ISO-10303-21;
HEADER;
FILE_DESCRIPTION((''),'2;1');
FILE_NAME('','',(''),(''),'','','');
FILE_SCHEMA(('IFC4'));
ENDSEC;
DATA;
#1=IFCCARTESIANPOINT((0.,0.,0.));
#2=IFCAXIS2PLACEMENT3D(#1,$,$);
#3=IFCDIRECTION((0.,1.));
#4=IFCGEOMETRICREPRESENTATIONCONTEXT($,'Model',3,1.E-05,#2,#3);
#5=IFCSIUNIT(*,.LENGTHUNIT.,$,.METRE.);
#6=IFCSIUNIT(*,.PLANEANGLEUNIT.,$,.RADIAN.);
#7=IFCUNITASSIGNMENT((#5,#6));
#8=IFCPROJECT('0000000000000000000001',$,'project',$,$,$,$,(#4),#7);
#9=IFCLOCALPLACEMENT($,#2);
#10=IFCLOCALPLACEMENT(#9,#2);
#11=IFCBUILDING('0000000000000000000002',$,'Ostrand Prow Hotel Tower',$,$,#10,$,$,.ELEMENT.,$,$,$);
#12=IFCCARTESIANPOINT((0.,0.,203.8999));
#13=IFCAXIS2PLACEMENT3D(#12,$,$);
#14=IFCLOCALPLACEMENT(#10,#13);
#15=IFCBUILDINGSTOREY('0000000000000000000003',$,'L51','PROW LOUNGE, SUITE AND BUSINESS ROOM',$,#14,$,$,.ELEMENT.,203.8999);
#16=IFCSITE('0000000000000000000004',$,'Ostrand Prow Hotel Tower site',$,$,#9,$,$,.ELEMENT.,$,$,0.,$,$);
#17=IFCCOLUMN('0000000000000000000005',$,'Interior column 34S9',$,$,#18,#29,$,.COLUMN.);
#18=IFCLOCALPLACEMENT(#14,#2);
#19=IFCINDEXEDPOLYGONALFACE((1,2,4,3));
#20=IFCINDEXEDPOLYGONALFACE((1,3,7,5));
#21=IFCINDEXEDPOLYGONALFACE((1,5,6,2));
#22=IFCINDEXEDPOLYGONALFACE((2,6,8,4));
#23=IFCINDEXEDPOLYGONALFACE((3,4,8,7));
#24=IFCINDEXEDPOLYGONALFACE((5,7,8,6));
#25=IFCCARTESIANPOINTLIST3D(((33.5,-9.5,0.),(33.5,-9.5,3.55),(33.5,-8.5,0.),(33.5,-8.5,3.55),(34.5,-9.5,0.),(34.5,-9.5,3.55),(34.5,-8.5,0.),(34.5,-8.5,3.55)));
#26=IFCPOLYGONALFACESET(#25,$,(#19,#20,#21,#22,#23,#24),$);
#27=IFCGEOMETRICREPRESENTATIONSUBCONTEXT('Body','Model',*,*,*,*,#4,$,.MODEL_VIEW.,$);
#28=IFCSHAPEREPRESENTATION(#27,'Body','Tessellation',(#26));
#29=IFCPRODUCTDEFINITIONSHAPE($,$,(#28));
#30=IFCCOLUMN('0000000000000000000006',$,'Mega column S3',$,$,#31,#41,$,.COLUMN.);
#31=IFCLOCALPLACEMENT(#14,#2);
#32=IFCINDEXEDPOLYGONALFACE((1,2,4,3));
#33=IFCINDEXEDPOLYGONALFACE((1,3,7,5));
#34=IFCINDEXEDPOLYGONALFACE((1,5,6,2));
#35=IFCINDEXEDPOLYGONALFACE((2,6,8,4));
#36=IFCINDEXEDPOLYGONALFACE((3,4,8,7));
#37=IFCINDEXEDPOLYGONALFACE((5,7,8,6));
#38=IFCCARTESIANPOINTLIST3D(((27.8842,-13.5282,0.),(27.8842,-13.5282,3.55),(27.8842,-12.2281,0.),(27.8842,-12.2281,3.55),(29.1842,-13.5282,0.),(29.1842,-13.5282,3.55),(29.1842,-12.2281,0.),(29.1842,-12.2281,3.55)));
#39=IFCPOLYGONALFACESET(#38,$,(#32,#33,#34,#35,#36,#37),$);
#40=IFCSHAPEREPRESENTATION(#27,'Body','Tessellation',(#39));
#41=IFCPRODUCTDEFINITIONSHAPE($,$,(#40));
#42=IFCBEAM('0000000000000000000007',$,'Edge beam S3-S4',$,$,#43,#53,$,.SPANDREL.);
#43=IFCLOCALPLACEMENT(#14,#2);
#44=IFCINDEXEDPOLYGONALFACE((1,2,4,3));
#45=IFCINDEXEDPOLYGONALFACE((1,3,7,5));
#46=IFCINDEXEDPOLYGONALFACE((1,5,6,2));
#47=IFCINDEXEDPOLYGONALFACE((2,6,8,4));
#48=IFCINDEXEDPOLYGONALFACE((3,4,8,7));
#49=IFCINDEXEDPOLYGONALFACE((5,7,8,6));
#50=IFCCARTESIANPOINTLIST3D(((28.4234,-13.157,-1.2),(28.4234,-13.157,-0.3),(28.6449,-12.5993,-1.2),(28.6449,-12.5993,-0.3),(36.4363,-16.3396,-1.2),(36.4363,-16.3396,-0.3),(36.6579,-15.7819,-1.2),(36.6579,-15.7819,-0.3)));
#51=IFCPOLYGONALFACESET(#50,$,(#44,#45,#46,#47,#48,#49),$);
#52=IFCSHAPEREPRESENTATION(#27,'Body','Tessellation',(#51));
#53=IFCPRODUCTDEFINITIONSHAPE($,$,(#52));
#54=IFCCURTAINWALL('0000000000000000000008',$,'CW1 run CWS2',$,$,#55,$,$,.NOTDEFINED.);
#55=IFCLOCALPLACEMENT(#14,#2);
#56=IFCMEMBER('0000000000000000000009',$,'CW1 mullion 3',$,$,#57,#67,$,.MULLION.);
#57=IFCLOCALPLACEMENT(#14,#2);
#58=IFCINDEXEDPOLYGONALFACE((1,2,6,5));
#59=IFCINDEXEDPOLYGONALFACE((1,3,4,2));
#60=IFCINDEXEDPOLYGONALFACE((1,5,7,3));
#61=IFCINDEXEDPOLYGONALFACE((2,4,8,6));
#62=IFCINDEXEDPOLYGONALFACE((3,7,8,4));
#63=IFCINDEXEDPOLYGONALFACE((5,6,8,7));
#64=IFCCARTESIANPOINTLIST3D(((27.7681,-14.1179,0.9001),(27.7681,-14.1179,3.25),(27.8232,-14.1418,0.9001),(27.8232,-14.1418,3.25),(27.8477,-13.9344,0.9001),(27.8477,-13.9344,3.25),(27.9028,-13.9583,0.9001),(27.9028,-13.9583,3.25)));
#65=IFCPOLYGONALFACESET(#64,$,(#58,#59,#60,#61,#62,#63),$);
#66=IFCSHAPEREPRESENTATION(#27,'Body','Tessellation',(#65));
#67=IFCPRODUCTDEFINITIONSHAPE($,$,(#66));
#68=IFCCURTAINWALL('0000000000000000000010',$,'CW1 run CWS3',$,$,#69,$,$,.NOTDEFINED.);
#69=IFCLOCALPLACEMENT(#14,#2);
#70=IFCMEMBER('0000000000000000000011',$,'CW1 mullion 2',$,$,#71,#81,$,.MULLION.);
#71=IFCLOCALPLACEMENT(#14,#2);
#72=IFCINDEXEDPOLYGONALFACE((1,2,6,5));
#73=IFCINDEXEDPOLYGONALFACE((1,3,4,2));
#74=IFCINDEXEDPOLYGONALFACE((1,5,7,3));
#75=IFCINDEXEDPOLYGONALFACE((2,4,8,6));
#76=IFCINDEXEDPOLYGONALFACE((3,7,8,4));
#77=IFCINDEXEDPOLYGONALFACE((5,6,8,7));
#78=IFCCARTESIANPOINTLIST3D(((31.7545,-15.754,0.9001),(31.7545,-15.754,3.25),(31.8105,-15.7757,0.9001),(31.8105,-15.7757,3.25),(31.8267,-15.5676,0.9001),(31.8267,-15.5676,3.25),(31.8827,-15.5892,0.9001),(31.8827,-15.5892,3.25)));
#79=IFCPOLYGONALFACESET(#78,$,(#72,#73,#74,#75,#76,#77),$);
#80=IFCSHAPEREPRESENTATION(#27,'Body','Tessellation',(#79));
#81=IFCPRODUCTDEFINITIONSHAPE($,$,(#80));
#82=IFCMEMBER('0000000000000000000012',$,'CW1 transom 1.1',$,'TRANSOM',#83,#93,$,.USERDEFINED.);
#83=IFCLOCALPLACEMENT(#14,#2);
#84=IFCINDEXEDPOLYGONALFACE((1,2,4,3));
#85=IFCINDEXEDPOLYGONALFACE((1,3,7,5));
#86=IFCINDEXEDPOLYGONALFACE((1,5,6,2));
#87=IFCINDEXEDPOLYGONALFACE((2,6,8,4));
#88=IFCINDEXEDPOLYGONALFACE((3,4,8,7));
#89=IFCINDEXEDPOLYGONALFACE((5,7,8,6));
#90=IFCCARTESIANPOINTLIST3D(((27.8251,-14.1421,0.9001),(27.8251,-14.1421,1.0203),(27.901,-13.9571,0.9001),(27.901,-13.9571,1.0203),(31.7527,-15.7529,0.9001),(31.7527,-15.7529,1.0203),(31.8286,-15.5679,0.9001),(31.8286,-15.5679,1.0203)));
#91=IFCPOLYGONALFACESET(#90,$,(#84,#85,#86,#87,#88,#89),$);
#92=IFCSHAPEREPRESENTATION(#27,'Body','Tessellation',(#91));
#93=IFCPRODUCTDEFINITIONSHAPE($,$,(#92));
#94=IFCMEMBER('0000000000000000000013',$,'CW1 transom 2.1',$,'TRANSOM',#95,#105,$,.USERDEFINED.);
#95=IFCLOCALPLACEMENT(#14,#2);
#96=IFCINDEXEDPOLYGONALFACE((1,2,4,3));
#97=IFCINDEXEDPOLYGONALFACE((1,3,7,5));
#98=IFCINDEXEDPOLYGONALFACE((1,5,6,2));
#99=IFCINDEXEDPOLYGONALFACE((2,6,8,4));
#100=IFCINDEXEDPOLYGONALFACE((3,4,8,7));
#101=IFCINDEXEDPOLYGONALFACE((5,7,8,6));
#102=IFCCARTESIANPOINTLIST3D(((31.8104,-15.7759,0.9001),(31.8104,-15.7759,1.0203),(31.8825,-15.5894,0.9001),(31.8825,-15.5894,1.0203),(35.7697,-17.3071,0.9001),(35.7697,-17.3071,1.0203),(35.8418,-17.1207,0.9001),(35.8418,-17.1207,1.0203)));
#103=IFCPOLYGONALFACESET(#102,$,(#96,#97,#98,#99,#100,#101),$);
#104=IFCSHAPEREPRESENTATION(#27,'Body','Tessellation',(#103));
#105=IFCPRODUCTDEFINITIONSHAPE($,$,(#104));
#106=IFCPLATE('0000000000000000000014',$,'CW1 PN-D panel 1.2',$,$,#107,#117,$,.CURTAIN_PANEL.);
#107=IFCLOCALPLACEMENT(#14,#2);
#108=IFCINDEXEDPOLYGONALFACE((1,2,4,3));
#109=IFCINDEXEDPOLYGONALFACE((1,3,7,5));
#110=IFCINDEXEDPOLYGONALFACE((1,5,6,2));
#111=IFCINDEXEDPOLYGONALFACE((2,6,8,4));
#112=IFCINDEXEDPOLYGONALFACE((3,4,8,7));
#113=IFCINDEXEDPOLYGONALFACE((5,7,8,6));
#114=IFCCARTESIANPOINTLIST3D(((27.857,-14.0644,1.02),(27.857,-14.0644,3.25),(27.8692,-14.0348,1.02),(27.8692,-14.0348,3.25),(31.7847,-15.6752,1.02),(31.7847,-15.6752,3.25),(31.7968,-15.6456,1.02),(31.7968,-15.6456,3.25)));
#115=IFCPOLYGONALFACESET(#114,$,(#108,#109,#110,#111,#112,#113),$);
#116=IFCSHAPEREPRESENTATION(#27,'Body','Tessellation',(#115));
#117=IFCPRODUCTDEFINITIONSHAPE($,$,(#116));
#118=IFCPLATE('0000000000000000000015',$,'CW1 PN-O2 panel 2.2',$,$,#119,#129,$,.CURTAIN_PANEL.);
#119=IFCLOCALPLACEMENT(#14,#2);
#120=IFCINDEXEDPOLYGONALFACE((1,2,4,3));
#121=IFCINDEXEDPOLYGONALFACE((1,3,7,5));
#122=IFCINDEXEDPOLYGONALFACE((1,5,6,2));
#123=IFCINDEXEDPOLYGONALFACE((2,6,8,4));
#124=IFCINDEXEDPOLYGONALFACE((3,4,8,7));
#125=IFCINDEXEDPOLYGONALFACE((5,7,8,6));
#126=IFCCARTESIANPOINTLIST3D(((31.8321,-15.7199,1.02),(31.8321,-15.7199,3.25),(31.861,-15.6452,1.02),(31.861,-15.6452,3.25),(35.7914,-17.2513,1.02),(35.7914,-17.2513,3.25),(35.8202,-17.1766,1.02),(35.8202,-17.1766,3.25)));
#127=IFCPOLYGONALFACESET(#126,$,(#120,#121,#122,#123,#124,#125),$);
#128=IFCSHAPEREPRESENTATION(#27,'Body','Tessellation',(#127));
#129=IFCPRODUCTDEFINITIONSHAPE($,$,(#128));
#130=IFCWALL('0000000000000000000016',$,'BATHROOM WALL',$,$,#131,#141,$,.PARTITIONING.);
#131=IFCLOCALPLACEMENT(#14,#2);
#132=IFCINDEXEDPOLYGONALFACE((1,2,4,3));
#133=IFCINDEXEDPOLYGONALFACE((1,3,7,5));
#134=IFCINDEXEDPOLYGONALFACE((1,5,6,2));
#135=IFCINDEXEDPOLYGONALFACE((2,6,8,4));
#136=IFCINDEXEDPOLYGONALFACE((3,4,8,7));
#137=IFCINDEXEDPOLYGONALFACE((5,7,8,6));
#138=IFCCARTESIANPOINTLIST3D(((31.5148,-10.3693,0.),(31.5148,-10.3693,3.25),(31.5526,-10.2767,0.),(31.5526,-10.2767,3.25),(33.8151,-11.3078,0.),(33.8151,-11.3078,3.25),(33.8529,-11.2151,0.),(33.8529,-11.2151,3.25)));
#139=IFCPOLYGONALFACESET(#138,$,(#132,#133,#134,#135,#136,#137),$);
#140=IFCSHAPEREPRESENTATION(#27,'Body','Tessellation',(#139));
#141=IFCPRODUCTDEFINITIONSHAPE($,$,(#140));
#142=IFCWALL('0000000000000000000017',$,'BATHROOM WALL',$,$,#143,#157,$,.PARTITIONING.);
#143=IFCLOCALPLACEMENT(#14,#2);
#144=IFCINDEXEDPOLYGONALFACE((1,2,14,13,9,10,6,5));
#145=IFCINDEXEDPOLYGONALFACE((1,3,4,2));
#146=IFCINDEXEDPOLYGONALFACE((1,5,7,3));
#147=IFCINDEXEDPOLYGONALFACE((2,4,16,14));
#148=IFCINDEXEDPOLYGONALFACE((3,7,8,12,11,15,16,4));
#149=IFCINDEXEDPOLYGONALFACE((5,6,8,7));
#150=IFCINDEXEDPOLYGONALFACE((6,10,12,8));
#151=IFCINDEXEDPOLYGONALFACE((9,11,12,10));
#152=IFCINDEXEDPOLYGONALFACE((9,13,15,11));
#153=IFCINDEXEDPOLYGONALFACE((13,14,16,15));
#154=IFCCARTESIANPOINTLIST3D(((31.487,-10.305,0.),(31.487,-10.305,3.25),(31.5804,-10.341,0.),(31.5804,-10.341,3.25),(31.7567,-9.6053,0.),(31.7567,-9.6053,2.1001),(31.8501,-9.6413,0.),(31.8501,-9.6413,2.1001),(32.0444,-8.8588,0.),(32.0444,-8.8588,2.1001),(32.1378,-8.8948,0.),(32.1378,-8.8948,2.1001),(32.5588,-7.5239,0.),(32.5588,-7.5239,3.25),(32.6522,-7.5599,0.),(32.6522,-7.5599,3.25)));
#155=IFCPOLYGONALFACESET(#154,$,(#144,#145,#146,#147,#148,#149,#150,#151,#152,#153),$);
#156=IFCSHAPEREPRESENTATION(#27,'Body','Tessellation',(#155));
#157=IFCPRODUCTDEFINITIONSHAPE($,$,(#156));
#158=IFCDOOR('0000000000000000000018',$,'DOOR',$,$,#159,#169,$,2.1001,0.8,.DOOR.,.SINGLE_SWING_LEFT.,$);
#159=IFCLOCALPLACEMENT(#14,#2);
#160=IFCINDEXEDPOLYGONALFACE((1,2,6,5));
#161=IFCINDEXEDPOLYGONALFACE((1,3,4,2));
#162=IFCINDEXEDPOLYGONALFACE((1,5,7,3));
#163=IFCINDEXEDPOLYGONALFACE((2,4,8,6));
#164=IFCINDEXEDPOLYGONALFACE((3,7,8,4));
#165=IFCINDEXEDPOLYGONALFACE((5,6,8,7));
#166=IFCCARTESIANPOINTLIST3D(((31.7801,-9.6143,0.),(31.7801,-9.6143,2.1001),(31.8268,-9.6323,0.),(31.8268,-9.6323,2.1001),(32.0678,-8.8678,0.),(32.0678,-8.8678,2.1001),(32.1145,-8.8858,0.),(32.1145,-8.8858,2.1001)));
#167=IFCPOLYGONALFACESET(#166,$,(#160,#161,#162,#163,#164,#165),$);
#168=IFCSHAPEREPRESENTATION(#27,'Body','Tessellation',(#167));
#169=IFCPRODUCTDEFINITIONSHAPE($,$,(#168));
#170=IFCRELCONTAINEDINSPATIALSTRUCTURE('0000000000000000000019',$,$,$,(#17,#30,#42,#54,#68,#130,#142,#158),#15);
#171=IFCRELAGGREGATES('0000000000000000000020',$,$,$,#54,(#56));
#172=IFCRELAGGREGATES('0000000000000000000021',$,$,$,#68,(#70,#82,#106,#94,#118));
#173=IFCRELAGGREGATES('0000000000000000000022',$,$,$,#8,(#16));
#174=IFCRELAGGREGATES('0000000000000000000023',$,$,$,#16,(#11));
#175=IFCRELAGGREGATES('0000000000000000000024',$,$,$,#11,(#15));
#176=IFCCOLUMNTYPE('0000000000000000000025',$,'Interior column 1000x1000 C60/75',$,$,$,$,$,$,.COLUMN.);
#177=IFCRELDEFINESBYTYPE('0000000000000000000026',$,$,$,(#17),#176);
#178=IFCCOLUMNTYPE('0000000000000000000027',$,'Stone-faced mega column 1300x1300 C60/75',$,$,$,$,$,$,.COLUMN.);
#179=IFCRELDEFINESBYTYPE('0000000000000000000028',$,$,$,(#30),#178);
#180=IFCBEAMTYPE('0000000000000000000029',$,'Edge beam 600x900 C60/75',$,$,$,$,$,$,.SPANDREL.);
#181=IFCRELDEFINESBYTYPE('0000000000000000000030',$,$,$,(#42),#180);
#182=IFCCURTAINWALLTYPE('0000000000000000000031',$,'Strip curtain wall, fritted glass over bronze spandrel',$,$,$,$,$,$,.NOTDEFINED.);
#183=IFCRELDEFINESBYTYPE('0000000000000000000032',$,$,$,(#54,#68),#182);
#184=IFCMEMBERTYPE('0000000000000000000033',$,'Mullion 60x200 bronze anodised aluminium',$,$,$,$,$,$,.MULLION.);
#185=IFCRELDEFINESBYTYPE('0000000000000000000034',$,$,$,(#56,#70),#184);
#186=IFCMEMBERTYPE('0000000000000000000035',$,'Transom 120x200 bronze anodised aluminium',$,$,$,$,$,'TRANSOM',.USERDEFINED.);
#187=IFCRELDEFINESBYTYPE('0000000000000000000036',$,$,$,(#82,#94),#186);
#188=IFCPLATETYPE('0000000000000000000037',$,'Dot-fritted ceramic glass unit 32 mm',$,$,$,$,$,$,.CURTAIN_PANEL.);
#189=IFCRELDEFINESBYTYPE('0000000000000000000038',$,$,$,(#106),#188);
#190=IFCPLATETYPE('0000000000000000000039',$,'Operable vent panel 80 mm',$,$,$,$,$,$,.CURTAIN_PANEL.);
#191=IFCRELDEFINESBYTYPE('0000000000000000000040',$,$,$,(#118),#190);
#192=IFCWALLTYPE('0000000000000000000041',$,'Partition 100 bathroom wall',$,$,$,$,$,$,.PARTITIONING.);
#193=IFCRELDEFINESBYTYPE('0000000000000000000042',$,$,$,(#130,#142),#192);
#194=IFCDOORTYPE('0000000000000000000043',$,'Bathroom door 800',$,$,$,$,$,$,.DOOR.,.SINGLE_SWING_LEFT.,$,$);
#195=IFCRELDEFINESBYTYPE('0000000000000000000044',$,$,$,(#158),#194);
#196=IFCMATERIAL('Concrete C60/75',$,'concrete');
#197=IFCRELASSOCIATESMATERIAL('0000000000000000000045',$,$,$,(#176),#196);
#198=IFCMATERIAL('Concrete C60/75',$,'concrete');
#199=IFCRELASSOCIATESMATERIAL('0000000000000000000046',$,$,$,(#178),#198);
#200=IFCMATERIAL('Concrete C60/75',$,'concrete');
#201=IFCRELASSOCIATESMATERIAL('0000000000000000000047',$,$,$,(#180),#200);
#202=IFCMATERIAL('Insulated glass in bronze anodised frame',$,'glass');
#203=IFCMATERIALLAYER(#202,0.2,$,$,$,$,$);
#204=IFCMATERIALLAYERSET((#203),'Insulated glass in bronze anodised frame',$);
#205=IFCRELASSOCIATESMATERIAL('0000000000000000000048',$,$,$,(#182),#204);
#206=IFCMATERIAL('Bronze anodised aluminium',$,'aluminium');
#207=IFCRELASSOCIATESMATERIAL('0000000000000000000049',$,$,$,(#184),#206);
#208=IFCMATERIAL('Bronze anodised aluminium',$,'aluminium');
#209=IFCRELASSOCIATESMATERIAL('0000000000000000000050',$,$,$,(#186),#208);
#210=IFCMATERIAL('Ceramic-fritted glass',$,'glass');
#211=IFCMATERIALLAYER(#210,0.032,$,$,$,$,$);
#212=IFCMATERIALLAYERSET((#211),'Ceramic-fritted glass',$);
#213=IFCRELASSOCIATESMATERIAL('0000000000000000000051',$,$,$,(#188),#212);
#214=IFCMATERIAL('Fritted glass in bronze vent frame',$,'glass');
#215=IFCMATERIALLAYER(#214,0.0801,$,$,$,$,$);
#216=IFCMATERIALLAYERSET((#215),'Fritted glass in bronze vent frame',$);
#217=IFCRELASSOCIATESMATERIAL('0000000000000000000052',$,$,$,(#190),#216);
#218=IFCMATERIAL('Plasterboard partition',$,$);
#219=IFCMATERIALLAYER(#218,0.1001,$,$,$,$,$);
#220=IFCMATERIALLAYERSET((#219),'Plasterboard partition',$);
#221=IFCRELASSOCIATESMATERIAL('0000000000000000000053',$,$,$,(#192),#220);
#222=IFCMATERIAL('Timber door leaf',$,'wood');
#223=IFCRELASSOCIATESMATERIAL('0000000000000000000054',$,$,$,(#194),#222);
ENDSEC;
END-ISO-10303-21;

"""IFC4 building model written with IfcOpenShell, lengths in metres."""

from ifc_helpers import new_model, si_unit, direction, frame, frame_2d, origin, origin_2d, place, context, subcontext, project, spatial, rectangle, extrude, material, layer, layer_set, material_profile, profile_set, type_object, element, fill, aggregate, save


model = new_model("IFC4")

# Units and contexts
model_context = context("Model", 3, precision=1e-05, world=origin(), true_north=direction((0.0, 1.0)))
body_context = subcontext(model_context, "Body", "Model", "MODEL_VIEW")
ifc_project = project(units=[si_unit("LENGTHUNIT", "METRE"), si_unit("PLANEANGLEUNIT", "RADIAN")], contexts=[model_context])

# Site, building, storey
site_placement = place(None, origin())
site = spatial("IfcSite", under=ifc_project, at=site_placement, Name="Ostrand Prow Hotel Tower site", CompositionType="ELEMENT", RefElevation=0.0)
building_placement = place(site_placement, origin())
building = spatial("IfcBuilding", under=site, at=building_placement, Name="Ostrand Prow Hotel Tower", CompositionType="ELEMENT")
storey_placement = place(building_placement, frame((0.0, 0.0, 203.8999)))
storey = spatial("IfcBuildingStorey", under=building, at=storey_placement, Name="L51", Description="PROW LOUNGE, SUITE AND BUSINESS ROOM", CompositionType="ELEMENT", Elevation=203.8999)

# Columns
ifc_material_1 = material(Name="Concrete C60/75", Category="concrete")
ifc_material_profile_1 = material_profile(ifc_material_1, rectangle(XDim=1.0, YDim=1.0, at=origin_2d()), Name="RC 1000x1000")
ifc_profile_set_1 = profile_set([ifc_material_profile_1], Name="Concrete C60/75")
column_type_1 = type_object("IfcColumnType", Name="Interior column 1000x1000 C60/75", PredefinedType="COLUMN", material=ifc_profile_set_1)
column_1_placement = place(storey_placement, frame((34.0, -9.0, 0.0), z_axis=(0.0, 0.0, 1.0), x_axis=(1.0, 0.0, 0.0)))
element("IfcColumn", 1, at=column_1_placement, inside=storey, type_object=column_type_1, Name="Interior column 34S9", PredefinedType="COLUMN", context=body_context, shape_type="SweptSolid", body=[
    extrude(rectangle(XDim=1.0, YDim=1.0, at=origin_2d()), origin(), (0.0, 0.0, 1.0), 3.55),
])
ifc_material_2 = material(Name="Concrete C60/75", Category="concrete")
ifc_material_profile_2 = material_profile(ifc_material_2, rectangle(XDim=1.3, YDim=1.3, at=origin_2d()), Name="RC 1300x1300")
ifc_profile_set_2 = profile_set([ifc_material_profile_2], Name="Concrete C60/75")
column_type_2 = type_object("IfcColumnType", Name="Stone-faced mega column 1300x1300 C60/75", PredefinedType="COLUMN", material=ifc_profile_set_2)
column_2_placement = place(storey_placement, frame((28.5342, -12.8782, 0.0), z_axis=(0.0, 0.0, 1.0), x_axis=(1.0, 0.0, 0.0)))
element("IfcColumn", 2, at=column_2_placement, inside=storey, type_object=column_type_2, Name="Mega column S3", PredefinedType="COLUMN", context=body_context, shape_type="SweptSolid", body=[
    extrude(rectangle(XDim=1.3, YDim=1.3, at=origin_2d()), origin(), (0.0, 0.0, 1.0), 3.55),
])

# Beam
ifc_material_3 = material(Name="Concrete C60/75", Category="concrete")
ifc_material_profile_3 = material_profile(ifc_material_3, rectangle(XDim=0.6001, YDim=0.8999, at=origin_2d()), Name="RC 600x900")
ifc_profile_set_3 = profile_set([ifc_material_profile_3], Name="Concrete C60/75")
beam_type = type_object("IfcBeamType", Name="Edge beam 600x900 C60/75", PredefinedType="SPANDREL", material=ifc_profile_set_3)
beam_placement = place(storey_placement, frame((28.5342, -12.8782, -0.75), z_axis=(0.929376, -0.369134, 0.0), x_axis=(0.369134, 0.929376, 0.0)))
element("IfcBeam", 3, at=beam_placement, inside=storey, type_object=beam_type, Name="Edge beam S3-S4", PredefinedType="SPANDREL", context=body_context, shape_type="SweptSolid", body=[
    extrude(rectangle(XDim=0.6001, YDim=0.8999, at=origin_2d()), origin(), (0.0, 0.0, 1.0), 8.6218),
])

# Curtain wall, member
ifc_material_4 = material(Name="Insulated glass in bronze anodised frame", Category="glass")
ifc_layer_1 = layer(ifc_material_4, 0.2)
ifc_layer_set_1 = layer_set([ifc_layer_1], Name="Insulated glass in bronze anodised frame")
curtain_wall_type = type_object("IfcCurtainWallType", Name="Strip curtain wall, fritted glass over bronze spandrel", PredefinedType="NOTDEFINED", material=ifc_layer_set_1)
curtain_wall_1_placement = place(storey_placement, origin())
curtain_wall_1 = element("IfcCurtainWall", 4, at=curtain_wall_1_placement, inside=storey, type_object=curtain_wall_type, Name="CW1 run CWS2", PredefinedType="NOTDEFINED")
ifc_material_5 = material(Name="Bronze anodised aluminium", Category="aluminium")
ifc_material_profile_4 = material_profile(ifc_material_5, rectangle(XDim=0.2, YDim=0.0601, at=origin_2d()), Name="Mullion 60x200 bronze anodised aluminium")
ifc_profile_set_4 = profile_set([ifc_material_profile_4], Name="Bronze anodised aluminium")
member_type_1 = type_object("IfcMemberType", Name="Mullion 60x200 bronze anodised aluminium", PredefinedType="MULLION", material=ifc_profile_set_4)
member_1_placement = place(storey_placement, frame((27.8354, -14.0381, 0.9001), z_axis=(0.0, 0.0, 1.0), x_axis=(0.398005, 0.917383, 0.0)))
member_1 = element("IfcMember", 5, at=member_1_placement, type_object=member_type_1, Name="CW1 mullion 3", PredefinedType="MULLION", context=body_context, shape_type="SweptSolid", body=[
    extrude(rectangle(XDim=0.2, YDim=0.0601, at=origin_2d()), origin(), (0.0, 0.0, 1.0), 2.3499),
])
aggregate(curtain_wall_1, [member_1])

# Curtain wall, members, plates
curtain_wall_2_placement = place(storey_placement, origin())
curtain_wall_2 = element("IfcCurtainWall", 6, at=curtain_wall_2_placement, inside=storey, type_object=curtain_wall_type, Name="CW1 run CWS3", PredefinedType="NOTDEFINED")
member_2_placement = place(storey_placement, frame((31.8186, -15.6716, 0.9001), z_axis=(0.0, 0.0, 1.0), x_axis=(0.360749, 0.932663, 0.0)))
member_2 = element("IfcMember", 7, at=member_2_placement, type_object=member_type_1, Name="CW1 mullion 2", PredefinedType="MULLION", context=body_context, shape_type="SweptSolid", body=[
    extrude(rectangle(XDim=0.2, YDim=0.0601, at=origin_2d()), origin(), (0.0, 0.0, 1.0), 2.3499),
])
ifc_material_6 = material(Name="Bronze anodised aluminium", Category="aluminium")
ifc_material_profile_5 = material_profile(ifc_material_6, rectangle(XDim=0.2, YDim=0.1201, at=origin_2d()), Name="Transom 120x200 bronze anodised aluminium")
ifc_profile_set_5 = profile_set([ifc_material_profile_5], Name="Bronze anodised aluminium")
member_type_2 = type_object("IfcMemberType", Name="Transom 120x200 bronze anodised aluminium", ElementType="TRANSOM", PredefinedType="USERDEFINED", material=ifc_profile_set_5)
member_3_placement = place(storey_placement, frame((27.863, -14.0496, 0.9602), z_axis=(0.925213, -0.379448, 0.0), x_axis=(0.379448, 0.925213, 0.0)))
member_3 = element("IfcMember", 8, at=member_3_placement, type_object=member_type_2, Name="CW1 transom 1.1", ObjectType="TRANSOM", PredefinedType="USERDEFINED", context=body_context, shape_type="SweptSolid", body=[
    extrude(rectangle(XDim=0.2, YDim=0.1201, at=origin_2d()), origin(), (0.0, 0.0, 1.0), 4.2451),
])
member_4_placement = place(storey_placement, frame((31.8464, -15.6826, 0.9602), z_axis=(0.932675, -0.360717, 0.0), x_axis=(0.360717, 0.932675, 0.0)))
member_4 = element("IfcMember", 9, at=member_4_placement, type_object=member_type_2, Name="CW1 transom 2.1", ObjectType="TRANSOM", PredefinedType="USERDEFINED", context=body_context, shape_type="SweptSolid", body=[
    extrude(rectangle(XDim=0.2, YDim=0.1201, at=origin_2d()), origin(), (0.0, 0.0, 1.0), 4.2451),
])
ifc_material_7 = material(Name="Ceramic-fritted glass", Category="glass")
ifc_layer_2 = layer(ifc_material_7, 0.032)
ifc_layer_set_2 = layer_set([ifc_layer_2], Name="Ceramic-fritted glass")
plate_type_1 = type_object("IfcPlateType", Name="Dot-fritted ceramic glass unit 32 mm", PredefinedType="CURTAIN_PANEL", material=ifc_layer_set_2)
plate_1_placement = place(storey_placement, frame((29.8269, -14.855, 1.02), z_axis=(0.0, 0.0, 1.0), x_axis=(0.925211, -0.379453, 0.0)))
plate_1 = element("IfcPlate", 10, at=plate_1_placement, type_object=plate_type_1, Name="CW1 PN-D panel 1.2", PredefinedType="CURTAIN_PANEL", context=body_context, shape_type="SweptSolid", body=[
    extrude(rectangle(XDim=4.2451, YDim=0.032, at=origin_2d()), origin(), (0.0, 0.0, 1.0), 2.23),
])
ifc_material_8 = material(Name="Fritted glass in bronze vent frame", Category="glass")
ifc_layer_3 = layer(ifc_material_8, 0.0801)
ifc_layer_set_3 = layer_set([ifc_layer_3], Name="Fritted glass in bronze vent frame")
plate_type_2 = type_object("IfcPlateType", Name="Operable vent panel 80 mm", PredefinedType="CURTAIN_PANEL", material=ifc_layer_set_3)
plate_2_placement = place(storey_placement, frame((33.8262, -16.4482, 1.02), z_axis=(0.0, 0.0, 1.0), x_axis=(0.932663, -0.360749, 0.0)))
plate_2 = element("IfcPlate", 11, at=plate_2_placement, type_object=plate_type_2, Name="CW1 PN-O2 panel 2.2", PredefinedType="CURTAIN_PANEL", context=body_context, shape_type="SweptSolid", body=[
    extrude(rectangle(XDim=4.2451, YDim=0.0801, at=origin_2d()), origin(), (0.0, 0.0, 1.0), 2.23),
])
aggregate(curtain_wall_2, [member_2, member_3, plate_1, member_4, plate_2])

# Wall
ifc_material_9 = material(Name="Plasterboard partition")
ifc_layer_4 = layer(ifc_material_9, 0.1001)
ifc_layer_set_4 = layer_set([ifc_layer_4], Name="Plasterboard partition")
wall_type_1 = type_object("IfcWallType", Name="Partition 100 bathroom wall", PredefinedType="PARTITIONING", material=ifc_layer_set_4)
wall_1_placement = place(storey_placement, frame((33.834, -11.2615, 0.0), z_axis=(0.0, 0.0, 1.0), x_axis=(-0.925907, 0.377753, 0.0)))
element("IfcWall", 12, at=wall_1_placement, inside=storey, type_object=wall_type_1, Name="BATHROOM WALL", PredefinedType="PARTITIONING", context=body_context, shape_type="SweptSolid", body=[
    extrude(rectangle(XDim=2.4844, YDim=0.1001, at=frame_2d((1.2422, 0.0))), origin(), (0.0, 0.0, 1.0), 3.25),
])

# Wall, opening, door
wall_2_placement = place(storey_placement, frame((31.5337, -10.323, 0.0), z_axis=(0.0, 0.0, 1.0), x_axis=(0.35961, 0.933103, 0.0)))
wall_2 = element("IfcWall", 13, at=wall_2_placement, inside=storey, type_object=wall_type_1, Name="BATHROOM WALL", PredefinedType="PARTITIONING", context=body_context, shape_type="SweptSolid", body=[
    extrude(rectangle(XDim=2.9805, YDim=0.1001, at=frame_2d((1.4902, 0.0))), origin(), (0.0, 0.0, 1.0), 3.25),
])
opening_1_placement = place(wall_2_placement, frame((0.75, 0.0, 0.0)))
opening_1 = element("IfcOpeningElement", 14, at=opening_1_placement, cuts=wall_2, PredefinedType="OPENING", context=body_context, shape_type="SweptSolid", body=[
    extrude(rectangle(XDim=0.8, YDim=2.1001, at=frame_2d((0.3999, 1.05))), frame((0.0, 0.0601, 0.0), z_axis=(0.0, -1.0, 0.0), x_axis=(1.0, 0.0, 0.0)), (0.0, 0.0, 1.0), 0.1201),
])
ifc_material_10 = material(Name="Timber door leaf", Category="wood")
door_type_1 = type_object("IfcDoorType", Name="Bathroom door 800", OperationType="SINGLE_SWING_LEFT", PredefinedType="DOOR", material=ifc_material_10)
door_1_placement = place(opening_1_placement, origin())
door_1 = element("IfcDoor", 15, at=door_1_placement, inside=storey, type_object=door_type_1, Name="DOOR", OperationType="SINGLE_SWING_LEFT", OverallHeight=2.1001, OverallWidth=0.8, PredefinedType="DOOR", context=body_context, shape_type="SweptSolid", body=[
    extrude(rectangle(XDim=0.8, YDim=2.1001, at=frame_2d((0.3999, 1.05))), frame((0.0, 0.0249, 0.0), z_axis=(0.0, -1.0, 0.0), x_axis=(1.0, 0.0, 0.0)), (0.0, 0.0, 1.0), 0.05),
])
fill(opening_1, door_1)

save(model, "model.ifc")
